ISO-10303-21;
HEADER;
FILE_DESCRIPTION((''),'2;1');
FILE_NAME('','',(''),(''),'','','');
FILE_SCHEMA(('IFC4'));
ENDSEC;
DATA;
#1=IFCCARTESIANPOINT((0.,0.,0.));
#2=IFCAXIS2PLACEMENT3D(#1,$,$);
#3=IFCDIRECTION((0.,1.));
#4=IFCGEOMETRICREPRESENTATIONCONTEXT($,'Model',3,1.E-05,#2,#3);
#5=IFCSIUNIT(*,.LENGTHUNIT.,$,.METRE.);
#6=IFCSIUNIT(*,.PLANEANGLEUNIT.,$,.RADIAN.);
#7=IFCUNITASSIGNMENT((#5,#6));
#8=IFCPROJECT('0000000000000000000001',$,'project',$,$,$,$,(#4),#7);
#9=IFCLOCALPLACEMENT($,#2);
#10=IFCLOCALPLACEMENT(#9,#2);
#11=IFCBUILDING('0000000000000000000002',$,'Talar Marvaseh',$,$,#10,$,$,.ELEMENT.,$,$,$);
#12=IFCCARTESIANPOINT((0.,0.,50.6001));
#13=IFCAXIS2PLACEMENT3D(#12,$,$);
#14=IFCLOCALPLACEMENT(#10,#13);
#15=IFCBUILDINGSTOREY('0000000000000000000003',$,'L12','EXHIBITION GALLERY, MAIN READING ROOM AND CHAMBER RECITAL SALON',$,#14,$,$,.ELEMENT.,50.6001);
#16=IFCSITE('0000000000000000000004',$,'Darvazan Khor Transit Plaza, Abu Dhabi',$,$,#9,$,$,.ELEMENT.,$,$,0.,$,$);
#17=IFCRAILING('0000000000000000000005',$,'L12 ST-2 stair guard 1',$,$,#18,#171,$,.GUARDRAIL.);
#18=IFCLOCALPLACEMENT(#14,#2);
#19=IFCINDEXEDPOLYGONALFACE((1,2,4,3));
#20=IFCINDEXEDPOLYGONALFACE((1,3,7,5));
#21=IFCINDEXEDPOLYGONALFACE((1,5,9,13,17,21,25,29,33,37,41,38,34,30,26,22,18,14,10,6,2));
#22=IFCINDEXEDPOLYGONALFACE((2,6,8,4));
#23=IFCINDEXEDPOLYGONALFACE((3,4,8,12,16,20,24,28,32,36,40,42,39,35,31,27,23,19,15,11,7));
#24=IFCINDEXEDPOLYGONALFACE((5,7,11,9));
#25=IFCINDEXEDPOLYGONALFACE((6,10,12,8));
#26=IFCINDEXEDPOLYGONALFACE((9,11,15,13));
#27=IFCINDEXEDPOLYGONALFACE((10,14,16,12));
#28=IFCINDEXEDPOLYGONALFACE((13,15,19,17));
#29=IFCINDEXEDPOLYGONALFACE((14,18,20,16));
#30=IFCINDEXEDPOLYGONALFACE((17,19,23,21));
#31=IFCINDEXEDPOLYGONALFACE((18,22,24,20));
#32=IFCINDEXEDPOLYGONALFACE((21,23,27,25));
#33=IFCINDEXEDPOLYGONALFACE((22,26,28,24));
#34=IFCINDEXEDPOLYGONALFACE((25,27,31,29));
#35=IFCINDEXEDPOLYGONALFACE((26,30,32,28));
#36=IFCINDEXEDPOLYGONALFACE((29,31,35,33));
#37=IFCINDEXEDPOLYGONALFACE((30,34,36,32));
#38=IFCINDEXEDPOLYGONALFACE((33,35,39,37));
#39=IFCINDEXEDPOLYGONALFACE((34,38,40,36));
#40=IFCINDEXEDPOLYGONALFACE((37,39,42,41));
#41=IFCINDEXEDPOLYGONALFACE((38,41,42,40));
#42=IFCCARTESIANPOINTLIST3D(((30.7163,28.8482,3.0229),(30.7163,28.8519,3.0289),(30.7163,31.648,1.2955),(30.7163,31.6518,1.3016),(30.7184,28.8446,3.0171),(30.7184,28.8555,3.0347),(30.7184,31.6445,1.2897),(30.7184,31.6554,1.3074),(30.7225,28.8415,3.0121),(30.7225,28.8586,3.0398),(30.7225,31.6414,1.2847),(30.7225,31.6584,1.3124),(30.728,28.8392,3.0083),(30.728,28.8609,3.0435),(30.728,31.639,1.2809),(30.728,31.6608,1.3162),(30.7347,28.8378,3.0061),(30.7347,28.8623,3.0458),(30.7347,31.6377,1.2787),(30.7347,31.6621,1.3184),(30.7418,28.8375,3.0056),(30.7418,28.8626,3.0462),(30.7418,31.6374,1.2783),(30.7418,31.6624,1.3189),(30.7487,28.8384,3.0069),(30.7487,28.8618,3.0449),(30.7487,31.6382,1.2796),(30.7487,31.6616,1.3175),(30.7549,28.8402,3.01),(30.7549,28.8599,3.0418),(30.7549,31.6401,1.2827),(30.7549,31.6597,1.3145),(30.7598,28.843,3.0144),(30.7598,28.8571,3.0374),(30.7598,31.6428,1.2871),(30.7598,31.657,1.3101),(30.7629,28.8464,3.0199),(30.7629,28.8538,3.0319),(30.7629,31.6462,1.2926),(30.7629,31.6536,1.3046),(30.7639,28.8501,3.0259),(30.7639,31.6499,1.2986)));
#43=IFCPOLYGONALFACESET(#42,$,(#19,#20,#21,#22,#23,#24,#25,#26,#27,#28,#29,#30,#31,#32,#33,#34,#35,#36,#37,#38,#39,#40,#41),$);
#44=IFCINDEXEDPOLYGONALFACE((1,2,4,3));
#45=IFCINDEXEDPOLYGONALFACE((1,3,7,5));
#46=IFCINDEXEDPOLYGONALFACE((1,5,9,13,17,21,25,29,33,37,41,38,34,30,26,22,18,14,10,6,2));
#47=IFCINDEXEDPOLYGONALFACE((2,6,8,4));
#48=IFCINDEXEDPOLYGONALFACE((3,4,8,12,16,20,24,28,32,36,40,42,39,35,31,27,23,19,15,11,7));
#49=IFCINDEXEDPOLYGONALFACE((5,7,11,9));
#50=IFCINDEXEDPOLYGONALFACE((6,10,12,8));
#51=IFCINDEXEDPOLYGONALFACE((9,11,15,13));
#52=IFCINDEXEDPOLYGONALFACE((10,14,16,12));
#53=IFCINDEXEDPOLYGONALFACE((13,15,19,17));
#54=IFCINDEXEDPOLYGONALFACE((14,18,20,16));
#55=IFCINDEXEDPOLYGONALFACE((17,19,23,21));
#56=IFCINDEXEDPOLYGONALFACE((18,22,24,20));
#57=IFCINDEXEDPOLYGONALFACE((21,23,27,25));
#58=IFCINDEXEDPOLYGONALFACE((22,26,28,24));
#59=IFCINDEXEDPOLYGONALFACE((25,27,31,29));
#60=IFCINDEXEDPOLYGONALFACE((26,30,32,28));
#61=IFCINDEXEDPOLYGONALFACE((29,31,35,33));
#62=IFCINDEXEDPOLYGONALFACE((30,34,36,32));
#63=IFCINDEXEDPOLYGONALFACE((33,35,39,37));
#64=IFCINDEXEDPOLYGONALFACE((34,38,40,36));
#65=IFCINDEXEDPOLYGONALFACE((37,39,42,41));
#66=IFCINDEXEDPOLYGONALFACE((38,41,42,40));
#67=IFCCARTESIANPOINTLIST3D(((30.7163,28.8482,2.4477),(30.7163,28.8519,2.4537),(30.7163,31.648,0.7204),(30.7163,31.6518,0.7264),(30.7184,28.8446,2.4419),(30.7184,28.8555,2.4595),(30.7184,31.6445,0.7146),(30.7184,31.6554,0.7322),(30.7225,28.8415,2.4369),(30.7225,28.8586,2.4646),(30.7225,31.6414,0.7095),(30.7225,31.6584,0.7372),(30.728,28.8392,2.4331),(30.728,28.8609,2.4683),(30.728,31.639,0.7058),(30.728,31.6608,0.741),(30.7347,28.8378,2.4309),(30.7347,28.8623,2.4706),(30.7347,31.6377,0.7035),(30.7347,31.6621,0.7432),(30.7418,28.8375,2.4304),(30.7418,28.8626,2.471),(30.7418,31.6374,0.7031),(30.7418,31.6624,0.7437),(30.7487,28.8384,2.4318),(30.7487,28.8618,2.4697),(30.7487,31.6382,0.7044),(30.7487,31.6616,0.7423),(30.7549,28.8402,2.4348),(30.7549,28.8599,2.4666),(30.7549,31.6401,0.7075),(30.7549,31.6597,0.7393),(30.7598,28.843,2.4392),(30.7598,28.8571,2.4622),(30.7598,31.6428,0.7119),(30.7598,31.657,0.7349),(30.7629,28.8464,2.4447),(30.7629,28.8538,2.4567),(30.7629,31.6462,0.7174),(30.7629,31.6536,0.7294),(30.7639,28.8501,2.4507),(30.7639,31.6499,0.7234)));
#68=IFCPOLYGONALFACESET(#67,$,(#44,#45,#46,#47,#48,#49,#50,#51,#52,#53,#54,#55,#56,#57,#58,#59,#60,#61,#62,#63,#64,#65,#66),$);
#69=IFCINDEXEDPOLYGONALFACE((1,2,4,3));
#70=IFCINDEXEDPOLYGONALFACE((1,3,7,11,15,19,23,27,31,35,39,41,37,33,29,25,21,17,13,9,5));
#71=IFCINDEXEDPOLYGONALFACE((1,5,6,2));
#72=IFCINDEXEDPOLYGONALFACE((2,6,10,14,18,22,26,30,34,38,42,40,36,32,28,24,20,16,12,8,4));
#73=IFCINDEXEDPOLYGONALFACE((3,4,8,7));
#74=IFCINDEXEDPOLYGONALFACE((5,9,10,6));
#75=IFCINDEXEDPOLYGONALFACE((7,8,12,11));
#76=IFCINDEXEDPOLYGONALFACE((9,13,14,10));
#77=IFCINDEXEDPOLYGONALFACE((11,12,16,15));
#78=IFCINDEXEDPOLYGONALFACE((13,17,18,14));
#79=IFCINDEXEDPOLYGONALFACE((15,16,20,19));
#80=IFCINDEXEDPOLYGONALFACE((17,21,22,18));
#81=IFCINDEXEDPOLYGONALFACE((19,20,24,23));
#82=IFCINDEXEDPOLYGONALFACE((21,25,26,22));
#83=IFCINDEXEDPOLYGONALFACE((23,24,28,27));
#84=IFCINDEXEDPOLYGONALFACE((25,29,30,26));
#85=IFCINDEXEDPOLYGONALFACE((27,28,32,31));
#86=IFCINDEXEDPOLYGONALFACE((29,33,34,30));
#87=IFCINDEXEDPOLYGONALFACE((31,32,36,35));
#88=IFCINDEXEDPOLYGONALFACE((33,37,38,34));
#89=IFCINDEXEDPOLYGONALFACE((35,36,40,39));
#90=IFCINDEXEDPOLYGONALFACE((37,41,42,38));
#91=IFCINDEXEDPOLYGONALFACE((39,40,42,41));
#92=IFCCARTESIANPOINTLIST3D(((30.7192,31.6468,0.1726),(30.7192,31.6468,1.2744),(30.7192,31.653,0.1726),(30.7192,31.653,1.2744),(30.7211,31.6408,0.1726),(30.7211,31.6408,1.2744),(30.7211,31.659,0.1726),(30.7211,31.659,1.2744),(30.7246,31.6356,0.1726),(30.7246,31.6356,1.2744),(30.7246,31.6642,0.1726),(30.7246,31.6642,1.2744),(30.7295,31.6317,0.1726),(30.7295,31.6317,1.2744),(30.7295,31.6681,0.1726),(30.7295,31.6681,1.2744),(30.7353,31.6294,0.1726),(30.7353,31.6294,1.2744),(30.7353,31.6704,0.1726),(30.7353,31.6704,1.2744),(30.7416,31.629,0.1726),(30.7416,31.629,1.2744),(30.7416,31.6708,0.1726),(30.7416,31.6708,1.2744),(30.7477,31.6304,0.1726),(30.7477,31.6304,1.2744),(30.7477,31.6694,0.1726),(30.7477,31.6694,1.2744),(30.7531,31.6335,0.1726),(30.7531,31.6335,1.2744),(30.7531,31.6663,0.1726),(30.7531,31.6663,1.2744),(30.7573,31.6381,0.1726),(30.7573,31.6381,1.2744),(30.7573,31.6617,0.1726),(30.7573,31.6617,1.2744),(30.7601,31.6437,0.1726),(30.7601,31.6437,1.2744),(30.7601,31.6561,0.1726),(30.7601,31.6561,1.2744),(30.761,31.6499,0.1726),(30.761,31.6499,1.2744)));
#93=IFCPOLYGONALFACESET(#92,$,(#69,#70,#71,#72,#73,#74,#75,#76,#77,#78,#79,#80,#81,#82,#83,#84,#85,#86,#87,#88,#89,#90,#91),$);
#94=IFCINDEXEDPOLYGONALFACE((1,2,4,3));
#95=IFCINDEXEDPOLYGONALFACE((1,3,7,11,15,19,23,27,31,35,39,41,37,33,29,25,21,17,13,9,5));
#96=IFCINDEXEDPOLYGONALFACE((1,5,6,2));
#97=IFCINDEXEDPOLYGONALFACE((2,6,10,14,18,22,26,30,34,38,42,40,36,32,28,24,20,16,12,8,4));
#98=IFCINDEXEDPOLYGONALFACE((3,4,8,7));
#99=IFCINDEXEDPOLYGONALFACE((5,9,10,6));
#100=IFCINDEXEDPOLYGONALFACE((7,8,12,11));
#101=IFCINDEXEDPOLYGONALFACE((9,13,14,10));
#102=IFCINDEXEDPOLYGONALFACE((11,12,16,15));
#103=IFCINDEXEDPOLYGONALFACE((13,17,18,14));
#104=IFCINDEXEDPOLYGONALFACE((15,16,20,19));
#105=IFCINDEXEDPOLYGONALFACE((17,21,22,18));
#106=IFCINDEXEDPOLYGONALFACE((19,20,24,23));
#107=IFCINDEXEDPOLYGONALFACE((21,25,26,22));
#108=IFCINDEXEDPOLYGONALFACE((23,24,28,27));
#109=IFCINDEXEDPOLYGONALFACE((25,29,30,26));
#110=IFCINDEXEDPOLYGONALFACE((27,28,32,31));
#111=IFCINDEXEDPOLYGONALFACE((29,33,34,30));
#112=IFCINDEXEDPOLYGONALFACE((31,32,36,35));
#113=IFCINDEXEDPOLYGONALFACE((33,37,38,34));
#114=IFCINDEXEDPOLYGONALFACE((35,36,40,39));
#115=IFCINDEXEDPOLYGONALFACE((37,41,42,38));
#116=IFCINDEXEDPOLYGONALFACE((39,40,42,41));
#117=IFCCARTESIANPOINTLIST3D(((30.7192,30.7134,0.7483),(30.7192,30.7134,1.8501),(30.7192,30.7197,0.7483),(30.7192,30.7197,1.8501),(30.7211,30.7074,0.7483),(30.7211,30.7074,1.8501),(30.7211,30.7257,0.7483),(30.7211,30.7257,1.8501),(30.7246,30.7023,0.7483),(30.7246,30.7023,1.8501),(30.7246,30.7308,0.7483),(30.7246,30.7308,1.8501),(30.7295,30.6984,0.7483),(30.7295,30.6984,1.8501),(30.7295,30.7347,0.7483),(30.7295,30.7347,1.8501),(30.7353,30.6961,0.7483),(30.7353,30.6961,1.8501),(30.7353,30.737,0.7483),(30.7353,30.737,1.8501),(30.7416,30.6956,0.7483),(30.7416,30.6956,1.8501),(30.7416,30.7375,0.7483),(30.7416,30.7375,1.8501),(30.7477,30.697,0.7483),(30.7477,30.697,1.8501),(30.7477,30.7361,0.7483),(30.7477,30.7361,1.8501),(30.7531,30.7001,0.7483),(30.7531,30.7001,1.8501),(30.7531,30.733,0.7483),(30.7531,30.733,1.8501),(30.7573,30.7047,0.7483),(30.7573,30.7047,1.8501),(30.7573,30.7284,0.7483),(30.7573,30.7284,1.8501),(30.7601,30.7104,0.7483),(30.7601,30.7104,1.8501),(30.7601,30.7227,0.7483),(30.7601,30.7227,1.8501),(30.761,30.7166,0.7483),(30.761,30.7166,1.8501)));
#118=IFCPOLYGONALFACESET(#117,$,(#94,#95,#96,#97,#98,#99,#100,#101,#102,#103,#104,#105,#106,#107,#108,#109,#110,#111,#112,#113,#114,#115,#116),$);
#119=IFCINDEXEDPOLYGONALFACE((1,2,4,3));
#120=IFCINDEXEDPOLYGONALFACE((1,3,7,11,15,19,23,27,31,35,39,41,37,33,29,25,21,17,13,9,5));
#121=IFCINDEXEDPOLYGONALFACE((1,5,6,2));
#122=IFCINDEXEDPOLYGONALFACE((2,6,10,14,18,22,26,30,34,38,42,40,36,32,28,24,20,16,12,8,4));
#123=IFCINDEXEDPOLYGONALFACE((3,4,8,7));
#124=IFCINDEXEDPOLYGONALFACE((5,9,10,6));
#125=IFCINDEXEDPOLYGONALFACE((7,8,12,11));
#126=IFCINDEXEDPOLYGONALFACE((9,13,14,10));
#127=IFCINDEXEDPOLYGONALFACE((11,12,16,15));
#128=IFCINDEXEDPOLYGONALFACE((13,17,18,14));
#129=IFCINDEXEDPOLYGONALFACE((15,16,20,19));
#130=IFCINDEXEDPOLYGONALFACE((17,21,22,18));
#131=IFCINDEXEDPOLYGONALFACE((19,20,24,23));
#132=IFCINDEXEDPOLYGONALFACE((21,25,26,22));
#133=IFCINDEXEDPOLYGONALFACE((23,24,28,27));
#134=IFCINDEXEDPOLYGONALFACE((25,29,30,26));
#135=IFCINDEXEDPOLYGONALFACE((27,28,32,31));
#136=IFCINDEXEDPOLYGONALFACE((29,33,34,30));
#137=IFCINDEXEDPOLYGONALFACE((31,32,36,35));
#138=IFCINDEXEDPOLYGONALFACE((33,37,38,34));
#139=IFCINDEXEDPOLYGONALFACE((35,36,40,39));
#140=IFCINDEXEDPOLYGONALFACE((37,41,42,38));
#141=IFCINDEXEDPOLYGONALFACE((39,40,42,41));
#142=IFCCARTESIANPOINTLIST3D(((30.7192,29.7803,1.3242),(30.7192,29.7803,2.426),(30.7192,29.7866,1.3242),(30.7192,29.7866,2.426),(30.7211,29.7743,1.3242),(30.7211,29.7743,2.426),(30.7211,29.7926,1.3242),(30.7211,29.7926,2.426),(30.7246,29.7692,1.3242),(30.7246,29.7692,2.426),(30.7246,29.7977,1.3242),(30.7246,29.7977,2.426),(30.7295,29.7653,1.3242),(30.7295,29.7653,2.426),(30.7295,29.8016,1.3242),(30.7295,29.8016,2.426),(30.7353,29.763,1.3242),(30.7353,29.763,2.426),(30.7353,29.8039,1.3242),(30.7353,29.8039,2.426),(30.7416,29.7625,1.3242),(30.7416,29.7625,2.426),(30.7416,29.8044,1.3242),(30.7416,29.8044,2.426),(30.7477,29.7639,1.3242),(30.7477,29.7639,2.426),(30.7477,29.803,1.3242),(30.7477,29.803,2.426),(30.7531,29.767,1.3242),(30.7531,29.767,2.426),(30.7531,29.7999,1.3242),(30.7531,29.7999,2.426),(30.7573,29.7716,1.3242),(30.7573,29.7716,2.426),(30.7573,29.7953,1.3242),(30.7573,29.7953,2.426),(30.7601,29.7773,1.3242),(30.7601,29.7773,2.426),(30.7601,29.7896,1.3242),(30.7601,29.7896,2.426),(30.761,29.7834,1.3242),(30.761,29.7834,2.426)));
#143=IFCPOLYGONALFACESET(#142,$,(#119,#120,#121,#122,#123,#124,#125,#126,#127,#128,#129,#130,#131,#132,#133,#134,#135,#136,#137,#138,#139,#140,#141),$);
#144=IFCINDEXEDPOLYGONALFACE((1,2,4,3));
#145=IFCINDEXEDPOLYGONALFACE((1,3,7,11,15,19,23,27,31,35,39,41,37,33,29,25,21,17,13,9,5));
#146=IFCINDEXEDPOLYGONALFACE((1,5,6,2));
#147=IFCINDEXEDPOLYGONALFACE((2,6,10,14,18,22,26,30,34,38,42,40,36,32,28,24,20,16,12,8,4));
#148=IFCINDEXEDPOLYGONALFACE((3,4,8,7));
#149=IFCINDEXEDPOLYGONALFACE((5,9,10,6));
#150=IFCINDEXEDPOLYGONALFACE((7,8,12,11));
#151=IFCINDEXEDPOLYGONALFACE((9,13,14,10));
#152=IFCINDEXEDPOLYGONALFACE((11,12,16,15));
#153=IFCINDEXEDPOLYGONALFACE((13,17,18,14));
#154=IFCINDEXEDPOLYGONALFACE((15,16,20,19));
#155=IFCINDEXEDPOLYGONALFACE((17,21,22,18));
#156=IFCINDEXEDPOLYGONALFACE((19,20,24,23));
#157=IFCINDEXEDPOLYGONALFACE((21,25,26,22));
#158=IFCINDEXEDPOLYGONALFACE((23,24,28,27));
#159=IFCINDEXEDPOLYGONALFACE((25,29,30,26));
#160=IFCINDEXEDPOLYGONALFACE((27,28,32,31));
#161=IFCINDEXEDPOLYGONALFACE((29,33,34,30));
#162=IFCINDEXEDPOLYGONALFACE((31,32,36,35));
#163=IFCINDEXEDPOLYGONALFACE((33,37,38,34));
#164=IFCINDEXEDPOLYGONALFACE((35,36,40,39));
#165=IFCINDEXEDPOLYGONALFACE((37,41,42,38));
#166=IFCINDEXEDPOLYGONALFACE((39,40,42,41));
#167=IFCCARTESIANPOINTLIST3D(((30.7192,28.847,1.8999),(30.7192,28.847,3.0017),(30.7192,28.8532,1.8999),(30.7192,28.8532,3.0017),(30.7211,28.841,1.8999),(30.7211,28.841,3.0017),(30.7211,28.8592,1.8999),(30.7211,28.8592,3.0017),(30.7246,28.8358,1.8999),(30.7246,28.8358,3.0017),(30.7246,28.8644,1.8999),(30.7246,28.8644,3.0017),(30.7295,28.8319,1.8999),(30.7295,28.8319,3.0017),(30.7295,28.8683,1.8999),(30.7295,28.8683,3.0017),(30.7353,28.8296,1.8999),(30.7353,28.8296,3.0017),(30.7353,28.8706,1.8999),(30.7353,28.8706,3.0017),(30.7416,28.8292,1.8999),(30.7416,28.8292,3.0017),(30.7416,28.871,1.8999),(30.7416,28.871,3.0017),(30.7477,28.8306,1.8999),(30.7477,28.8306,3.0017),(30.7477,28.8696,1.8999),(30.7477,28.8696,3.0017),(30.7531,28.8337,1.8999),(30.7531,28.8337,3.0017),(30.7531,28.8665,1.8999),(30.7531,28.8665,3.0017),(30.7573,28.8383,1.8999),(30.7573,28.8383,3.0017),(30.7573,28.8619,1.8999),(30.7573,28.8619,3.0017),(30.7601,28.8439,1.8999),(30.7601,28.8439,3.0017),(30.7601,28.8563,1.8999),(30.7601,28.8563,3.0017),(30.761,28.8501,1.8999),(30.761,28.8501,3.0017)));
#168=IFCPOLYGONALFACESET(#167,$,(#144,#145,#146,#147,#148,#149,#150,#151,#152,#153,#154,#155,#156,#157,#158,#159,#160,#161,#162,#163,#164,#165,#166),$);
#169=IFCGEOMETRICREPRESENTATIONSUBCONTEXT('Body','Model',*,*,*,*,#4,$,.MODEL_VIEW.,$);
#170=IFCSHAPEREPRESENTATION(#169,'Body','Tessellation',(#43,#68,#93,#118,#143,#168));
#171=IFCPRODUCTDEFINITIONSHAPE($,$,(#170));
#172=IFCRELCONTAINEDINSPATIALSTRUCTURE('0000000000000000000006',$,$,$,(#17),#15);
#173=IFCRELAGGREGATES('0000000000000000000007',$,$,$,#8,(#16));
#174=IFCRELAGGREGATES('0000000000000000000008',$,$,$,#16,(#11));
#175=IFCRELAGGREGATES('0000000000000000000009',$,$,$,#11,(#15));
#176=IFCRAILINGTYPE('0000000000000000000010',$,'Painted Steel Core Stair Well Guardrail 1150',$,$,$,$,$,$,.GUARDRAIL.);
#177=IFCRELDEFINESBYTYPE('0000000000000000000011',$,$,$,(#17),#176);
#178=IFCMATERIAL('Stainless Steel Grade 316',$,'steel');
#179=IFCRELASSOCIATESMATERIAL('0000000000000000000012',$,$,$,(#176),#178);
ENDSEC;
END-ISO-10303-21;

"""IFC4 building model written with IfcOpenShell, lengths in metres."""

from ifc_helpers import new_model, si_unit, direction, frame, origin, origin_2d, place, context, subcontext, project, spatial, circle, extrude, material, type_object, element, save


model = new_model("IFC4")

# Units and contexts
model_context = context("Model", 3, precision=1e-05, world=origin(), true_north=direction((0.0, 1.0)))
body_context = subcontext(model_context, "Body", "Model", "MODEL_VIEW")
ifc_project = project(units=[si_unit("LENGTHUNIT", "METRE"), si_unit("PLANEANGLEUNIT", "RADIAN")], contexts=[model_context])

# Site, building, storey
site_placement = place(None, origin())
site = spatial("IfcSite", under=ifc_project, at=site_placement, Name="Darvazan Khor Transit Plaza, Abu Dhabi", CompositionType="ELEMENT", RefElevation=0.0)
building_placement = place(site_placement, origin())
building = spatial("IfcBuilding", under=site, at=building_placement, Name="Talar Marvaseh", CompositionType="ELEMENT")
storey_placement = place(building_placement, frame((0.0, 0.0, 50.6001)))
storey = spatial("IfcBuildingStorey", under=building, at=storey_placement, Name="L12", Description="EXHIBITION GALLERY, MAIN READING ROOM AND CHAMBER RECITAL SALON", CompositionType="ELEMENT", Elevation=50.6001)

# Shared definitions
ifc_material_1 = material(Name="Stainless Steel Grade 316", Category="steel")

# Railing
railing_type_1 = type_object("IfcRailingType", Name="Painted Steel Core Stair Well Guardrail 1150", PredefinedType="GUARDRAIL", material=ifc_material_1)
railing_1_placement = place(storey_placement, frame((30.74, 31.6499, 0.1726)))
element("IfcRailing", 1, at=railing_1_placement, inside=storey, type_object=railing_type_1, Name="L12 ST-2 stair guard 1", PredefinedType="GUARDRAIL", context=body_context, shape_type="SweptSolid", body=[
    extrude(circle(Radius=0.0239, at=origin_2d()), frame((0.0, 0.0, 1.126), z_axis=(0.0, -0.851069, 0.525054), x_axis=(1.0, 0.0, 0.0)), (0.0, 0.0, 1.0), 3.2898),
    extrude(circle(Radius=0.0239, at=origin_2d()), frame((0.0, 0.0, 0.5508), z_axis=(0.0, -0.851069, 0.525054), x_axis=(1.0, 0.0, 0.0)), (0.0, 0.0, 1.0), 3.2898),
    extrude(circle(Radius=0.021, at=origin_2d()), origin(), (0.0, 0.0, 1.0), 1.1018),
    extrude(circle(Radius=0.021, at=origin_2d()), frame((0.0, -0.9333, 0.5757)), (0.0, 0.0, 1.0), 1.1018),
    extrude(circle(Radius=0.021, at=origin_2d()), frame((0.0, -1.8665, 1.1516)), (0.0, 0.0, 1.0), 1.1018),
    extrude(circle(Radius=0.021, at=origin_2d()), frame((0.0, -2.7998, 1.7273)), (0.0, 0.0, 1.0), 1.1018),
])

save(model, "model.ifc")
